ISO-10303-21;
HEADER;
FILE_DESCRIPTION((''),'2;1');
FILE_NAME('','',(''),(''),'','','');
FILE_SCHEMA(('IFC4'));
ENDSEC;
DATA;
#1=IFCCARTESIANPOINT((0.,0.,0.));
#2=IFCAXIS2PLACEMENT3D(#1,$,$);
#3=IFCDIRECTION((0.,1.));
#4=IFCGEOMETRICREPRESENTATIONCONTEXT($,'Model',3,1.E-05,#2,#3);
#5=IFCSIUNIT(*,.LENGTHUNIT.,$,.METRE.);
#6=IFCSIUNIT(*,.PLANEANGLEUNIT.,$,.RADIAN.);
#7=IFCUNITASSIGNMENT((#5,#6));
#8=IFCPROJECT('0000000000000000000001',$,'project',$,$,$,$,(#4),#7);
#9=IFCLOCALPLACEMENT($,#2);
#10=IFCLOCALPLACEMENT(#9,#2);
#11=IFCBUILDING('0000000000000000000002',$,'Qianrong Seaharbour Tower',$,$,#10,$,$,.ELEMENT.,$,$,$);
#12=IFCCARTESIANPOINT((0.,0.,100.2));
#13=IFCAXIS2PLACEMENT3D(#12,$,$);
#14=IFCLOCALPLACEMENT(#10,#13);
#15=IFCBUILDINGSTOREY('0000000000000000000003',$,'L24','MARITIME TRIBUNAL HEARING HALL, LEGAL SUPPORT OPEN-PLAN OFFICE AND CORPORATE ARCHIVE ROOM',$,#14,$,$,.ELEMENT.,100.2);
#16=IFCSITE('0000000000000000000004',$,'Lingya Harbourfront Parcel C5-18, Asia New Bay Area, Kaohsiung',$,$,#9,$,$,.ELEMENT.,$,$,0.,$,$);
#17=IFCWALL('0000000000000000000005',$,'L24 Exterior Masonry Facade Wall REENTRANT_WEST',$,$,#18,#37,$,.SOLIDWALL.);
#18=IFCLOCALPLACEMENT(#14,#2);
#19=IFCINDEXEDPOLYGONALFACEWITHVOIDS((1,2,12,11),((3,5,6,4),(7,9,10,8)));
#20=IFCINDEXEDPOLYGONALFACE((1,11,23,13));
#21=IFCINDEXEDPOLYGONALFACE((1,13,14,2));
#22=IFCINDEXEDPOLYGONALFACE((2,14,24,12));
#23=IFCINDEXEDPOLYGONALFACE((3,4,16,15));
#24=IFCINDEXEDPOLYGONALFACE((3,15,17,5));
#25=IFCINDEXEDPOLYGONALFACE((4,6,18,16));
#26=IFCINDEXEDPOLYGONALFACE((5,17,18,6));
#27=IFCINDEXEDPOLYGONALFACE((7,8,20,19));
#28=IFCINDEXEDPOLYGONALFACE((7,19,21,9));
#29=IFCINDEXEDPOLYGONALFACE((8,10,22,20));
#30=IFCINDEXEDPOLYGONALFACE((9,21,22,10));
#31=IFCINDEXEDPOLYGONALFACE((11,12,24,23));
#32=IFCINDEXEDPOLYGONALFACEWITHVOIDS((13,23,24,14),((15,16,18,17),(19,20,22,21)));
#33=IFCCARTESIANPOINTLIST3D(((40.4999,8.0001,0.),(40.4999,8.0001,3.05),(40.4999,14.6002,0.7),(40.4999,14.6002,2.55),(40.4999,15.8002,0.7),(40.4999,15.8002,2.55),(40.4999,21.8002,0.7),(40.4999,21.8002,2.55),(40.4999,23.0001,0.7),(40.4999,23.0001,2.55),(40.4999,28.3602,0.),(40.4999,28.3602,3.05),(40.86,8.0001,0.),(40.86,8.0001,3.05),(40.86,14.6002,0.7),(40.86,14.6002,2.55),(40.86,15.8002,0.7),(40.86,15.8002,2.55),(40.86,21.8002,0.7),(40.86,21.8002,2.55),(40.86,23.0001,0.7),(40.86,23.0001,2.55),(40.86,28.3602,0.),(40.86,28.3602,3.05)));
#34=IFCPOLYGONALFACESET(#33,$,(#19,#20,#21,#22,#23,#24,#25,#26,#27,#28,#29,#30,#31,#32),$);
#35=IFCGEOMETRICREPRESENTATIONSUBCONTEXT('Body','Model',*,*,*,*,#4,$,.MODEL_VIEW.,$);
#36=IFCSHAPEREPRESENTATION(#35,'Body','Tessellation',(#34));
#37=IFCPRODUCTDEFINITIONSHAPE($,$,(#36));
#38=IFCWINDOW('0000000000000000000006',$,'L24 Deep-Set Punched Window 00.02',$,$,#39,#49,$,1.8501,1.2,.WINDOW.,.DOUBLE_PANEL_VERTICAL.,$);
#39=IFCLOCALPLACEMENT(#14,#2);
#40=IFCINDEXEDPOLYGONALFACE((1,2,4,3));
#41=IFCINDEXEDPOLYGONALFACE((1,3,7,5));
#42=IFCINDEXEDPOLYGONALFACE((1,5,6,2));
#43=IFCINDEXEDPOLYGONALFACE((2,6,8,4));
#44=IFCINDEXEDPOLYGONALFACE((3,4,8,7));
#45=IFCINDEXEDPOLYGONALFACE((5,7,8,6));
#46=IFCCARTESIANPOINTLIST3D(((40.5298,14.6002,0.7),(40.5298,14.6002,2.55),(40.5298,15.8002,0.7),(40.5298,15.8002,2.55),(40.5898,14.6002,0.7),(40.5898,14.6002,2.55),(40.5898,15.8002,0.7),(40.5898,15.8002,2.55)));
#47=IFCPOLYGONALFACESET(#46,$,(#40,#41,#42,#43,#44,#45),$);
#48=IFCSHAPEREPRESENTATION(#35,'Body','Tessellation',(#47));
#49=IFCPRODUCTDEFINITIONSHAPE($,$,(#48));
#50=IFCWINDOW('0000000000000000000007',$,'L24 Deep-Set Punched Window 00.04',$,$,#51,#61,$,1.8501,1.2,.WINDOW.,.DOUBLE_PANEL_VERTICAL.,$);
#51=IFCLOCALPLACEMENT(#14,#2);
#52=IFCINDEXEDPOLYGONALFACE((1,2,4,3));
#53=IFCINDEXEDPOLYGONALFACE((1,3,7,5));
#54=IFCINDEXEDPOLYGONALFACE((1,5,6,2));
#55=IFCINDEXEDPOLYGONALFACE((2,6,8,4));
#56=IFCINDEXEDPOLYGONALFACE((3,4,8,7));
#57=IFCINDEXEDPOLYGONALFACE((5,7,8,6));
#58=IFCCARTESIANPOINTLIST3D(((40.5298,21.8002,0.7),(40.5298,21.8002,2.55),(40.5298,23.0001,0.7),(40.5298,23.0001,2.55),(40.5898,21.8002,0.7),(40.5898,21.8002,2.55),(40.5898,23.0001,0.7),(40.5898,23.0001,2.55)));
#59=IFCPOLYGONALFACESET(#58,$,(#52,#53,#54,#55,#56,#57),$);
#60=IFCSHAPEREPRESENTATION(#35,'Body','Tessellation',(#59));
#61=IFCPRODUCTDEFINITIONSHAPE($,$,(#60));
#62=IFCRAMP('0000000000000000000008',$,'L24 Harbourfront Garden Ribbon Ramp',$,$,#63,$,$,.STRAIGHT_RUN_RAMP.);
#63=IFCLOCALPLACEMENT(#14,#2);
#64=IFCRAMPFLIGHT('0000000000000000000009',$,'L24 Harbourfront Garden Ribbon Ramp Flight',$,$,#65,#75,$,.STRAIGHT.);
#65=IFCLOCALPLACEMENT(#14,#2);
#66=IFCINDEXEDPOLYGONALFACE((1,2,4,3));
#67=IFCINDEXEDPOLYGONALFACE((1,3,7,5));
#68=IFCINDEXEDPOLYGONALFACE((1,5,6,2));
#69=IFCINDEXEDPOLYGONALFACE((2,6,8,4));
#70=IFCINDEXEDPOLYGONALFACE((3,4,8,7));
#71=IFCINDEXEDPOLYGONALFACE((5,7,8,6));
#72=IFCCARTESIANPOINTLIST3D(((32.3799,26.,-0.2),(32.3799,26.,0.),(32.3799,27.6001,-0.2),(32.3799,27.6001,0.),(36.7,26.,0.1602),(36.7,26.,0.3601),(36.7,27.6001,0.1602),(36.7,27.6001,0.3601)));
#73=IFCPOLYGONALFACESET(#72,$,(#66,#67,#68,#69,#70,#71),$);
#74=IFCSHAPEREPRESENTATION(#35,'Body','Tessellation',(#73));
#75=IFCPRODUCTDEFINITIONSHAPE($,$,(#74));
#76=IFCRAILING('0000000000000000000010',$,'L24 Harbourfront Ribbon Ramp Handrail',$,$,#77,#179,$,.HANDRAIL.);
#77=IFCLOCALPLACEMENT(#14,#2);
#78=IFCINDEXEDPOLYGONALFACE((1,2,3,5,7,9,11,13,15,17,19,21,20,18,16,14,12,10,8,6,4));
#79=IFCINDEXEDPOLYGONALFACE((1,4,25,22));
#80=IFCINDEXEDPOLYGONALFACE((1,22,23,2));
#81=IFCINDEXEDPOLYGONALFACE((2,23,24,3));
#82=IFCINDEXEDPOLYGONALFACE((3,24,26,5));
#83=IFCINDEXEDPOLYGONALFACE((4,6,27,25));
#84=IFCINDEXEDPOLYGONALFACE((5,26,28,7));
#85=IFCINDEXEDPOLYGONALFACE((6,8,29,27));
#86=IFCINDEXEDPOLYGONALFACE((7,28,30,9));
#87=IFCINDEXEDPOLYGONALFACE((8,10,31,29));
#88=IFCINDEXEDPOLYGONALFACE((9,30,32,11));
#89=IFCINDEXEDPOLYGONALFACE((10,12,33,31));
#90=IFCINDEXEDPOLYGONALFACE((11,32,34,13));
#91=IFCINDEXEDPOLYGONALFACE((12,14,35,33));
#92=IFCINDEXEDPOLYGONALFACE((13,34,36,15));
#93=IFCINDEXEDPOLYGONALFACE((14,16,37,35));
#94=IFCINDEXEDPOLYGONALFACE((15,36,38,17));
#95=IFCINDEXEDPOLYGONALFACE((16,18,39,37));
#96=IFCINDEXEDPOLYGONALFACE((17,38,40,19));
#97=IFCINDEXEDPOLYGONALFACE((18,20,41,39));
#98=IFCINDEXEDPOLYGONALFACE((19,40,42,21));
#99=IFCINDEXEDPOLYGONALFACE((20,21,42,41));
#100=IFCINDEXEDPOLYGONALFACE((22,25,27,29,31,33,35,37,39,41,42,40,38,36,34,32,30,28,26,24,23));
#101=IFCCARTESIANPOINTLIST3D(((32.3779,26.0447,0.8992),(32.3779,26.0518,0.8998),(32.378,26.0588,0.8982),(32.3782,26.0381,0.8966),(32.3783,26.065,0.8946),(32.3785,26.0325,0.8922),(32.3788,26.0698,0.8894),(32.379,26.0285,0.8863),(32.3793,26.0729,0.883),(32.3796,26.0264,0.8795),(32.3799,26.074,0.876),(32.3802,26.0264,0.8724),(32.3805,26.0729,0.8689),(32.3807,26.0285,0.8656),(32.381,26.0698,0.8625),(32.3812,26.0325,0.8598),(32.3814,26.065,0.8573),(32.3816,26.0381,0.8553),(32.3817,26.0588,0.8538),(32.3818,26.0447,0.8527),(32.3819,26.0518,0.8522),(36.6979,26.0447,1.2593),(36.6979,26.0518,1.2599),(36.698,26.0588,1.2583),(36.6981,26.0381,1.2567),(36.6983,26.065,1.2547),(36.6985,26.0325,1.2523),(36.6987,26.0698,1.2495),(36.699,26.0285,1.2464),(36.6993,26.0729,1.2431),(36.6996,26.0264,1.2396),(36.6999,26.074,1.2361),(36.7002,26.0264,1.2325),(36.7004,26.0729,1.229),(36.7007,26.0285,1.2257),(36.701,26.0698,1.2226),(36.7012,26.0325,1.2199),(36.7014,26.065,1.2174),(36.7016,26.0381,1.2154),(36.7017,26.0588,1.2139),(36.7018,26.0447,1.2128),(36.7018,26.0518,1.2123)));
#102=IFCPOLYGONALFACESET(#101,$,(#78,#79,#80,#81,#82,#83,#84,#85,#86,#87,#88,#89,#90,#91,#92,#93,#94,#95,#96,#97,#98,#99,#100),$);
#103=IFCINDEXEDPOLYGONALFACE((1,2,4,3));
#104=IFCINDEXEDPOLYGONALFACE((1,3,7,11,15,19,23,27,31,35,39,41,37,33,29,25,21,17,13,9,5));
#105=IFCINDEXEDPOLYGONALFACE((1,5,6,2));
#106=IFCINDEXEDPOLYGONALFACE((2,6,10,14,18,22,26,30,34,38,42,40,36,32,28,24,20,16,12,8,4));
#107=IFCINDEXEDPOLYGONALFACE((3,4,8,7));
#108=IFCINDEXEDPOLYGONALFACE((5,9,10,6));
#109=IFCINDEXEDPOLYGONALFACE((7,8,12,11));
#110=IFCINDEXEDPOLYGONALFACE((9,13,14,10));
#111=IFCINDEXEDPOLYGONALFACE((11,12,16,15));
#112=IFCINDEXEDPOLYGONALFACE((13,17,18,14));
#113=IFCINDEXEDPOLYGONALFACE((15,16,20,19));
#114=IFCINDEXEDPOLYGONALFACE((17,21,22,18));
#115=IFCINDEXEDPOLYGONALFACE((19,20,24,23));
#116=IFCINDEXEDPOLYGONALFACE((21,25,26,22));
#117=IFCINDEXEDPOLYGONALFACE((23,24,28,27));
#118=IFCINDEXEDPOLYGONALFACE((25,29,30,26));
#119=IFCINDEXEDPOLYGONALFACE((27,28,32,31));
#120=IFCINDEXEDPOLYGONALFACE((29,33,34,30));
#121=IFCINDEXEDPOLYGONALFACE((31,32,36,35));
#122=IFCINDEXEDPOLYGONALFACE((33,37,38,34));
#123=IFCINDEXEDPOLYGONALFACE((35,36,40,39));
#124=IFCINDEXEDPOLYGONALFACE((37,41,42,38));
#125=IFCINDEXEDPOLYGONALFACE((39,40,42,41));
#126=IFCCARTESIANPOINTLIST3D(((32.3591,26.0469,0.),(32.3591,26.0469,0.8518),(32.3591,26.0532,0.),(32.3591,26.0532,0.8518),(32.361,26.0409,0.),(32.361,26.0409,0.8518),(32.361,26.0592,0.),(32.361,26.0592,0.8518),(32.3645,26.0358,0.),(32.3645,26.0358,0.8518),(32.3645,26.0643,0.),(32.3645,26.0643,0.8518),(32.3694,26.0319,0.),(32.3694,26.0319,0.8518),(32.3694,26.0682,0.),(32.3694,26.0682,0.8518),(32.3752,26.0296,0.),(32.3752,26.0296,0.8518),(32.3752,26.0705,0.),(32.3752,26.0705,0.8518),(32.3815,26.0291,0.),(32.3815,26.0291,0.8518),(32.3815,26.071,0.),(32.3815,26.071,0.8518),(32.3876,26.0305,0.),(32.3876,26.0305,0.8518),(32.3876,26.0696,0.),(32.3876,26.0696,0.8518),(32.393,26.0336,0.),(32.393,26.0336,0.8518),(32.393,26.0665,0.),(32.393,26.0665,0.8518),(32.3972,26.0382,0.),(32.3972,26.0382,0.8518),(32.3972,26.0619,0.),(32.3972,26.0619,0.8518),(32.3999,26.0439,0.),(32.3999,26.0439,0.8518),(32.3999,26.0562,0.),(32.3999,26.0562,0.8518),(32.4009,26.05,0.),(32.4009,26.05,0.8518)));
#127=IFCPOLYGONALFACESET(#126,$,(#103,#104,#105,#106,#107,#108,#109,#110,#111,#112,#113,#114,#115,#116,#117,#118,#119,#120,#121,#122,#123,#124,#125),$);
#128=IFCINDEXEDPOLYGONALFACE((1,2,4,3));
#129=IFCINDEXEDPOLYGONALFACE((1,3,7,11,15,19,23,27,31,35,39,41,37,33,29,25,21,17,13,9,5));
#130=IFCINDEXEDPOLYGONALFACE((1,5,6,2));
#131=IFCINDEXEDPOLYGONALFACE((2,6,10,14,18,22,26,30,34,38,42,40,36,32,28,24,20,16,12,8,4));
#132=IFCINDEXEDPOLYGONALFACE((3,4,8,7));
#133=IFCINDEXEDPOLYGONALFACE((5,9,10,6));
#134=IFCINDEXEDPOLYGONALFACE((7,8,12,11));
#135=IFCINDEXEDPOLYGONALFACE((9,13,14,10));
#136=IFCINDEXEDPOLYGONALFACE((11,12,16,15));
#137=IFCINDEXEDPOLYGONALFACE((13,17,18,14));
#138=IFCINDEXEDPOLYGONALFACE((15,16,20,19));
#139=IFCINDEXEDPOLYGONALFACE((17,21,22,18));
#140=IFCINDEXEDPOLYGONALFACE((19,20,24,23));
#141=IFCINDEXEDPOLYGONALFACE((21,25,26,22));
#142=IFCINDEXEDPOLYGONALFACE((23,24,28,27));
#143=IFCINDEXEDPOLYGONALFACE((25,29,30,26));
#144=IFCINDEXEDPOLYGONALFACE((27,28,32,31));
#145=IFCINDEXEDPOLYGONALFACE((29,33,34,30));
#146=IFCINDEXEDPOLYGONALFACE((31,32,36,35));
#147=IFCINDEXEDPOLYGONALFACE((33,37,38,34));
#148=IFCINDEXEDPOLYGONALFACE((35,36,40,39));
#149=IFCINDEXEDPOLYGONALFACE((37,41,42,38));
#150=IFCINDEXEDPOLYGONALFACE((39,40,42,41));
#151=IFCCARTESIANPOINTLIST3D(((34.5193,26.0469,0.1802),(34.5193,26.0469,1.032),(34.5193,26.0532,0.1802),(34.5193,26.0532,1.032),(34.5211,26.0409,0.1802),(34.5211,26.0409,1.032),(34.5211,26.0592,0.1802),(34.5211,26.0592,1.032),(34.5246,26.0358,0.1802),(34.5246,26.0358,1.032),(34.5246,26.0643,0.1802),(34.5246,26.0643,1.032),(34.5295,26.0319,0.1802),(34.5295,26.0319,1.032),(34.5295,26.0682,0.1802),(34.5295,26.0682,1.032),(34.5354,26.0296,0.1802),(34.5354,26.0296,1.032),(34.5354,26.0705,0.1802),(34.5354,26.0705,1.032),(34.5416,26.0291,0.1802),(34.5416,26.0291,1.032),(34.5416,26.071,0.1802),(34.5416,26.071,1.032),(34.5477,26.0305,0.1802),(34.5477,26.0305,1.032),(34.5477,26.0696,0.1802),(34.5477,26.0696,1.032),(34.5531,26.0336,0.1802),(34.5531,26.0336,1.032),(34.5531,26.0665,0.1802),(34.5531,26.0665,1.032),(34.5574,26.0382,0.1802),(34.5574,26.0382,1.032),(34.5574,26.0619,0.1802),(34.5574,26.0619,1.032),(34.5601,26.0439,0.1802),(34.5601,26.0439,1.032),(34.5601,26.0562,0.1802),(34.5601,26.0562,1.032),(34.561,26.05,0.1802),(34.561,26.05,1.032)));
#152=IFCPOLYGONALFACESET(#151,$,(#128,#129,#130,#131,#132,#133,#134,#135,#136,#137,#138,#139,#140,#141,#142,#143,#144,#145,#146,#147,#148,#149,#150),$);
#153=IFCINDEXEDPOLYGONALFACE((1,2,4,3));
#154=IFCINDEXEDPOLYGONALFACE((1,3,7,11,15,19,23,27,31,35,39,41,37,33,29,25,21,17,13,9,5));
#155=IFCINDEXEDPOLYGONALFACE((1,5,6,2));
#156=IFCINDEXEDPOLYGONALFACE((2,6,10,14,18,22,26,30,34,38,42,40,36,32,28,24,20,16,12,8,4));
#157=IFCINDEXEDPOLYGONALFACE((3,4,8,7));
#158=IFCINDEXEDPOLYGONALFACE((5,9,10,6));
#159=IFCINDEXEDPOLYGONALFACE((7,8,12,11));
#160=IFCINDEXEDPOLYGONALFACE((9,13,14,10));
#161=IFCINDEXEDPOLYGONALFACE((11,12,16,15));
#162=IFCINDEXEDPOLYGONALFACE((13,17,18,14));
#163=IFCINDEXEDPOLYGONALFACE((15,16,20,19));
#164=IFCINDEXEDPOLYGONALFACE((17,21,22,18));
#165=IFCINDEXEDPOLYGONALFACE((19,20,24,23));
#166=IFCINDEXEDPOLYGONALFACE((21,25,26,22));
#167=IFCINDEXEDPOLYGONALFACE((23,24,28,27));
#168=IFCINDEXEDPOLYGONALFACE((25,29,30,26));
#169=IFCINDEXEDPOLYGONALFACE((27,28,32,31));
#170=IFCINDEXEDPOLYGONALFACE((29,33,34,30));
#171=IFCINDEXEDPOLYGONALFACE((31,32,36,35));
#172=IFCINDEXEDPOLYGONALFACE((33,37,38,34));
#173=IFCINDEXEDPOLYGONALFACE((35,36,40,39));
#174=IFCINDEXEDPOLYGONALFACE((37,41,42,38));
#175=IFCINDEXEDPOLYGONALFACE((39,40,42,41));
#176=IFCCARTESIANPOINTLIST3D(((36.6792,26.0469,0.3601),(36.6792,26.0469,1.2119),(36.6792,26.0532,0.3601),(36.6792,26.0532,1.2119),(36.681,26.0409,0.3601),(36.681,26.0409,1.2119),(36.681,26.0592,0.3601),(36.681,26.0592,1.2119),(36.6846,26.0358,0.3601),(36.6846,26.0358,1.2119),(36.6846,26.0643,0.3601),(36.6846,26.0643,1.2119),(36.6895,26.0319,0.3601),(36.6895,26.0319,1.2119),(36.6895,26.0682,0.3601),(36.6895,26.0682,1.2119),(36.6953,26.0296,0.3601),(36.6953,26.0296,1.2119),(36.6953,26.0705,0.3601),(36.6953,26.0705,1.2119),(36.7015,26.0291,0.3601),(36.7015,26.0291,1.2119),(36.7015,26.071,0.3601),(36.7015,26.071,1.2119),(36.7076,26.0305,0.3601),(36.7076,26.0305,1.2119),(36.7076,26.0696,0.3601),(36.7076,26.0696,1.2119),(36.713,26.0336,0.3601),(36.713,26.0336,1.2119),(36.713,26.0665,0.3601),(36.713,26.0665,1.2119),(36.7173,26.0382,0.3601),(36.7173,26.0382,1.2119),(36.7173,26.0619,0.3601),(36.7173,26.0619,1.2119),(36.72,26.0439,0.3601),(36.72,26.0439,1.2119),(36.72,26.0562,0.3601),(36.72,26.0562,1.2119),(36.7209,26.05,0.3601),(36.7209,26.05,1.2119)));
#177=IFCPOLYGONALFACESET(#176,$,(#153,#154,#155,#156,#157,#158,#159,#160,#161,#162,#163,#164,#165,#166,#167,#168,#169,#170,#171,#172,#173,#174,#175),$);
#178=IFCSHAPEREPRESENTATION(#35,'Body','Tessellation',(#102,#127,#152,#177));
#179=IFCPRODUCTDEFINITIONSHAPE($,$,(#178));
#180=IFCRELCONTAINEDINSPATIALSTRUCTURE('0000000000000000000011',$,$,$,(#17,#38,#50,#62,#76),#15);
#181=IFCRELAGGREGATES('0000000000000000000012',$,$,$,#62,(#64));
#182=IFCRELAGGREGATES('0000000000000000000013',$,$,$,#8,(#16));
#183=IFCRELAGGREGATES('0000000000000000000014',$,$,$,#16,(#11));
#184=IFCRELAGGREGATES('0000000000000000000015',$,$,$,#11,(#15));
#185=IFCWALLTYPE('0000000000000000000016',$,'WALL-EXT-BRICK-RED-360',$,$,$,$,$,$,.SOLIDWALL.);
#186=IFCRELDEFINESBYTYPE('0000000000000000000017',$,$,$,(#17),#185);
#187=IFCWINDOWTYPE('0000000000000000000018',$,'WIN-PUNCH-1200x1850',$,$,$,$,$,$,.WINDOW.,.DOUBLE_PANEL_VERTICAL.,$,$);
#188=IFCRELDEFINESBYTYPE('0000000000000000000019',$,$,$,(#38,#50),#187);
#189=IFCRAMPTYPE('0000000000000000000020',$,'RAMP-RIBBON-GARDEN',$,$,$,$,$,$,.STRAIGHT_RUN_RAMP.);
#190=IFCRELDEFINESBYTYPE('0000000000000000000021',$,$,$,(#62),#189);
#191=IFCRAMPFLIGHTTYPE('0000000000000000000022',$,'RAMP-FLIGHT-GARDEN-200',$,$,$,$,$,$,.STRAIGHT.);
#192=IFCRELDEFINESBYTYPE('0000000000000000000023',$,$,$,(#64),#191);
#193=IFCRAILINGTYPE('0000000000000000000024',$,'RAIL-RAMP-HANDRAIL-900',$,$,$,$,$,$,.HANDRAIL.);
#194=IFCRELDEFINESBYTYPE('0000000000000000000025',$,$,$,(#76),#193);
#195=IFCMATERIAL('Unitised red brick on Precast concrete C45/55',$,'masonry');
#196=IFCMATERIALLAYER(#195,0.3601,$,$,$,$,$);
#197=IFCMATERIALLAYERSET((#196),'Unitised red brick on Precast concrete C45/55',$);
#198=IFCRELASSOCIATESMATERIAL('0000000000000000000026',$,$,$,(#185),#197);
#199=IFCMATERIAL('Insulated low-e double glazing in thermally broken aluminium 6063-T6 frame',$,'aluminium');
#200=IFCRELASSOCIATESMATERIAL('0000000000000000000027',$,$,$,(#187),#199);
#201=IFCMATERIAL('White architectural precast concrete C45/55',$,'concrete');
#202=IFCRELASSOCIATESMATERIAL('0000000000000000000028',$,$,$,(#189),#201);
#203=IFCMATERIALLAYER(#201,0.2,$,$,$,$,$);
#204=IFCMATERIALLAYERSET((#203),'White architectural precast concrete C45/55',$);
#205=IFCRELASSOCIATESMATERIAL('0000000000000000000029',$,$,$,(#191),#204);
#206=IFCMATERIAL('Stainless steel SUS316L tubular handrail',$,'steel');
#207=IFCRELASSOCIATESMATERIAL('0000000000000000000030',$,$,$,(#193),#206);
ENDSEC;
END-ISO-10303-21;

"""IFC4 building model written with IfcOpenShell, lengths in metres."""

from ifc_helpers import new_model, si_unit, direction, frame, frame_2d, origin, origin_2d, place, context, subcontext, project, spatial, polyline, rectangle, circle, outline, extrude, material, layer, layer_set, type_object, element, fill, aggregate, save


model = new_model("IFC4")

# Units and contexts
model_context = context("Model", 3, precision=1e-05, world=origin(), true_north=direction((0.0, 1.0)))
body_context = subcontext(model_context, "Body", "Model", "MODEL_VIEW")
ifc_project = project(units=[si_unit("LENGTHUNIT", "METRE"), si_unit("PLANEANGLEUNIT", "RADIAN")], contexts=[model_context])

# Site, building, storey
site_placement = place(None, origin())
site = spatial("IfcSite", under=ifc_project, at=site_placement, Name="Lingya Harbourfront Parcel C5-18, Asia New Bay Area, Kaohsiung", CompositionType="ELEMENT", RefElevation=0.0)
building_placement = place(site_placement, origin())
building = spatial("IfcBuilding", under=site, at=building_placement, Name="Qianrong Seaharbour Tower", CompositionType="ELEMENT")
storey_placement = place(building_placement, frame((0.0, 0.0, 100.2)))
storey = spatial("IfcBuildingStorey", under=building, at=storey_placement, Name="L24", Description="MARITIME TRIBUNAL HEARING HALL, LEGAL SUPPORT OPEN-PLAN OFFICE AND CORPORATE ARCHIVE ROOM", CompositionType="ELEMENT", Elevation=100.2)

# Wall, openings, windows
ifc_material_1 = material(Name="Unitised red brick on Precast concrete C45/55", Category="masonry")
ifc_layer_1 = layer(ifc_material_1, 0.3601)
ifc_layer_set_1 = layer_set([ifc_layer_1], Name="Unitised red brick on Precast concrete C45/55")
wall_type = type_object("IfcWallType", Name="WALL-EXT-BRICK-RED-360", PredefinedType="SOLIDWALL", material=ifc_layer_set_1)
wall_placement = place(storey_placement, frame((40.6799, 8.0, 0.0), z_axis=(0.0, 0.0, 1.0), x_axis=(0.0, 1.0, 0.0)))
wall = element("IfcWall", 1, at=wall_placement, inside=storey, type_object=wall_type, Name="L24 Exterior Masonry Facade Wall REENTRANT_WEST", PredefinedType="SOLIDWALL", context=body_context, shape_type="SweptSolid", body=[
    extrude(rectangle(XDim=20.3601, YDim=0.3601, at=frame_2d((10.1802, 0.0))), origin(), (0.0, 0.0, 1.0), 3.05),
])
opening_1_placement = place(wall_placement, frame((6.6001, 0.0, 0.7)))
opening_1 = element("IfcOpeningElement", 2, at=opening_1_placement, cuts=wall, PredefinedType="OPENING", context=body_context, shape_type="SweptSolid", body=[
    extrude(rectangle(XDim=1.2, YDim=1.8501, at=frame_2d((0.6001, 0.925))), frame((0.0, 0.1899, 0.0), z_axis=(0.0, -1.0, 0.0), x_axis=(1.0, 0.0, 0.0)), (0.0, 0.0, 1.0), 0.3801),
])
opening_2_placement = place(wall_placement, frame((13.8, 0.0, 0.7)))
opening_2 = element("IfcOpeningElement", 3, at=opening_2_placement, cuts=wall, PredefinedType="OPENING", context=body_context, shape_type="SweptSolid", body=[
    extrude(rectangle(XDim=1.2, YDim=1.8501, at=frame_2d((0.6001, 0.925))), frame((0.0, 0.1899, 0.0), z_axis=(0.0, -1.0, 0.0), x_axis=(1.0, 0.0, 0.0)), (0.0, 0.0, 1.0), 0.3801),
])
ifc_material_2 = material(Name="Insulated low-e double glazing in thermally broken aluminium 6063-T6 frame", Category="aluminium")
window_type = type_object("IfcWindowType", Name="WIN-PUNCH-1200x1850", PartitioningType="DOUBLE_PANEL_VERTICAL", PredefinedType="WINDOW", material=ifc_material_2)
window_1_placement = place(opening_1_placement, origin())
window_1 = element("IfcWindow", 4, at=window_1_placement, inside=storey, type_object=window_type, Name="L24 Deep-Set Punched Window 00.02", OverallHeight=1.8501, OverallWidth=1.2, PartitioningType="DOUBLE_PANEL_VERTICAL", PredefinedType="WINDOW", context=body_context, shape_type="SweptSolid", body=[
    extrude(rectangle(XDim=1.2, YDim=1.8501, at=frame_2d((0.6001, 0.925))), frame((0.0, 0.1501, 0.0), z_axis=(0.0, -1.0, 0.0), x_axis=(1.0, 0.0, 0.0)), (0.0, 0.0, 1.0), 0.0601),
])
fill(opening_1, window_1)
window_2_placement = place(opening_2_placement, origin())
window_2 = element("IfcWindow", 5, at=window_2_placement, inside=storey, type_object=window_type, Name="L24 Deep-Set Punched Window 00.04", OverallHeight=1.8501, OverallWidth=1.2, PartitioningType="DOUBLE_PANEL_VERTICAL", PredefinedType="WINDOW", context=body_context, shape_type="SweptSolid", body=[
    extrude(rectangle(XDim=1.2, YDim=1.8501, at=frame_2d((0.6001, 0.925))), frame((0.0, 0.1501, 0.0), z_axis=(0.0, -1.0, 0.0), x_axis=(1.0, 0.0, 0.0)), (0.0, 0.0, 1.0), 0.0601),
])
fill(opening_2, window_2)

# Ramp, ramp flight
ifc_material_3 = material(Name="White architectural precast concrete C45/55", Category="concrete")
ramp_type = type_object("IfcRampType", Name="RAMP-RIBBON-GARDEN", PredefinedType="STRAIGHT_RUN_RAMP", material=ifc_material_3)
ramp_placement = place(storey_placement, origin())
ramp = element("IfcRamp", 6, at=ramp_placement, inside=storey, type_object=ramp_type, Name="L24 Harbourfront Garden Ribbon Ramp", PredefinedType="STRAIGHT_RUN_RAMP")
ifc_layer_2 = layer(ifc_material_3, 0.2)
ifc_layer_set_2 = layer_set([ifc_layer_2], Name="White architectural precast concrete C45/55")
ramp_flight_type = type_object("IfcRampFlightType", Name="RAMP-FLIGHT-GARDEN-200", PredefinedType="STRAIGHT", material=ifc_layer_set_2)
ramp_flight_placement = place(storey_placement, frame((32.3799, 26.8, 0.0), z_axis=(0.0, 0.0, 1.0), x_axis=(1.0, 0.0, 0.0)))
ramp_flight = element("IfcRampFlight", 7, at=ramp_flight_placement, type_object=ramp_flight_type, Name="L24 Harbourfront Garden Ribbon Ramp Flight", PredefinedType="STRAIGHT", context=body_context, shape_type="SweptSolid", body=[
    extrude(outline(polyline([(0.0, 0.0), (4.3201, 0.3601), (4.3201, 0.1602), (0.0, -0.2), (0.0, 0.0)])), frame((0.0, 0.8, 0.0), z_axis=(0.0, -1.0, 0.0), x_axis=(1.0, 0.0, 0.0)), (0.0, 0.0, 1.0), 1.6001),
])
aggregate(ramp, [ramp_flight])

# Railing
ifc_material_4 = material(Name="Stainless steel SUS316L tubular handrail", Category="steel")
railing_type = type_object("IfcRailingType", Name="RAIL-RAMP-HANDRAIL-900", PredefinedType="HANDRAIL", material=ifc_material_4)
railing_placement = place(storey_placement, frame((32.3799, 26.05, 0.0)))
element("IfcRailing", 8, at=railing_placement, inside=storey, type_object=railing_type, Name="L24 Harbourfront Ribbon Ramp Handrail", PredefinedType="HANDRAIL", context=body_context, shape_type="SweptSolid", body=[
    extrude(circle(Radius=0.0239, at=origin_2d()), frame((0.0, 0.0, 0.876), z_axis=(0.996544, 0.0, 0.083069), x_axis=(0.0, 1.0, 0.0)), (0.0, 0.0, 1.0), 4.335),
    extrude(circle(Radius=0.021, at=origin_2d()), origin(), (0.0, 0.0, 1.0), 0.8518),
    extrude(circle(Radius=0.021, at=origin_2d()), frame((2.1602, 0.0, 0.1802)), (0.0, 0.0, 1.0), 0.8518),
    extrude(circle(Radius=0.021, at=origin_2d()), frame((4.3201, 0.0, 0.3601)), (0.0, 0.0, 1.0), 0.8518),
])

save(model, "model.ifc")
